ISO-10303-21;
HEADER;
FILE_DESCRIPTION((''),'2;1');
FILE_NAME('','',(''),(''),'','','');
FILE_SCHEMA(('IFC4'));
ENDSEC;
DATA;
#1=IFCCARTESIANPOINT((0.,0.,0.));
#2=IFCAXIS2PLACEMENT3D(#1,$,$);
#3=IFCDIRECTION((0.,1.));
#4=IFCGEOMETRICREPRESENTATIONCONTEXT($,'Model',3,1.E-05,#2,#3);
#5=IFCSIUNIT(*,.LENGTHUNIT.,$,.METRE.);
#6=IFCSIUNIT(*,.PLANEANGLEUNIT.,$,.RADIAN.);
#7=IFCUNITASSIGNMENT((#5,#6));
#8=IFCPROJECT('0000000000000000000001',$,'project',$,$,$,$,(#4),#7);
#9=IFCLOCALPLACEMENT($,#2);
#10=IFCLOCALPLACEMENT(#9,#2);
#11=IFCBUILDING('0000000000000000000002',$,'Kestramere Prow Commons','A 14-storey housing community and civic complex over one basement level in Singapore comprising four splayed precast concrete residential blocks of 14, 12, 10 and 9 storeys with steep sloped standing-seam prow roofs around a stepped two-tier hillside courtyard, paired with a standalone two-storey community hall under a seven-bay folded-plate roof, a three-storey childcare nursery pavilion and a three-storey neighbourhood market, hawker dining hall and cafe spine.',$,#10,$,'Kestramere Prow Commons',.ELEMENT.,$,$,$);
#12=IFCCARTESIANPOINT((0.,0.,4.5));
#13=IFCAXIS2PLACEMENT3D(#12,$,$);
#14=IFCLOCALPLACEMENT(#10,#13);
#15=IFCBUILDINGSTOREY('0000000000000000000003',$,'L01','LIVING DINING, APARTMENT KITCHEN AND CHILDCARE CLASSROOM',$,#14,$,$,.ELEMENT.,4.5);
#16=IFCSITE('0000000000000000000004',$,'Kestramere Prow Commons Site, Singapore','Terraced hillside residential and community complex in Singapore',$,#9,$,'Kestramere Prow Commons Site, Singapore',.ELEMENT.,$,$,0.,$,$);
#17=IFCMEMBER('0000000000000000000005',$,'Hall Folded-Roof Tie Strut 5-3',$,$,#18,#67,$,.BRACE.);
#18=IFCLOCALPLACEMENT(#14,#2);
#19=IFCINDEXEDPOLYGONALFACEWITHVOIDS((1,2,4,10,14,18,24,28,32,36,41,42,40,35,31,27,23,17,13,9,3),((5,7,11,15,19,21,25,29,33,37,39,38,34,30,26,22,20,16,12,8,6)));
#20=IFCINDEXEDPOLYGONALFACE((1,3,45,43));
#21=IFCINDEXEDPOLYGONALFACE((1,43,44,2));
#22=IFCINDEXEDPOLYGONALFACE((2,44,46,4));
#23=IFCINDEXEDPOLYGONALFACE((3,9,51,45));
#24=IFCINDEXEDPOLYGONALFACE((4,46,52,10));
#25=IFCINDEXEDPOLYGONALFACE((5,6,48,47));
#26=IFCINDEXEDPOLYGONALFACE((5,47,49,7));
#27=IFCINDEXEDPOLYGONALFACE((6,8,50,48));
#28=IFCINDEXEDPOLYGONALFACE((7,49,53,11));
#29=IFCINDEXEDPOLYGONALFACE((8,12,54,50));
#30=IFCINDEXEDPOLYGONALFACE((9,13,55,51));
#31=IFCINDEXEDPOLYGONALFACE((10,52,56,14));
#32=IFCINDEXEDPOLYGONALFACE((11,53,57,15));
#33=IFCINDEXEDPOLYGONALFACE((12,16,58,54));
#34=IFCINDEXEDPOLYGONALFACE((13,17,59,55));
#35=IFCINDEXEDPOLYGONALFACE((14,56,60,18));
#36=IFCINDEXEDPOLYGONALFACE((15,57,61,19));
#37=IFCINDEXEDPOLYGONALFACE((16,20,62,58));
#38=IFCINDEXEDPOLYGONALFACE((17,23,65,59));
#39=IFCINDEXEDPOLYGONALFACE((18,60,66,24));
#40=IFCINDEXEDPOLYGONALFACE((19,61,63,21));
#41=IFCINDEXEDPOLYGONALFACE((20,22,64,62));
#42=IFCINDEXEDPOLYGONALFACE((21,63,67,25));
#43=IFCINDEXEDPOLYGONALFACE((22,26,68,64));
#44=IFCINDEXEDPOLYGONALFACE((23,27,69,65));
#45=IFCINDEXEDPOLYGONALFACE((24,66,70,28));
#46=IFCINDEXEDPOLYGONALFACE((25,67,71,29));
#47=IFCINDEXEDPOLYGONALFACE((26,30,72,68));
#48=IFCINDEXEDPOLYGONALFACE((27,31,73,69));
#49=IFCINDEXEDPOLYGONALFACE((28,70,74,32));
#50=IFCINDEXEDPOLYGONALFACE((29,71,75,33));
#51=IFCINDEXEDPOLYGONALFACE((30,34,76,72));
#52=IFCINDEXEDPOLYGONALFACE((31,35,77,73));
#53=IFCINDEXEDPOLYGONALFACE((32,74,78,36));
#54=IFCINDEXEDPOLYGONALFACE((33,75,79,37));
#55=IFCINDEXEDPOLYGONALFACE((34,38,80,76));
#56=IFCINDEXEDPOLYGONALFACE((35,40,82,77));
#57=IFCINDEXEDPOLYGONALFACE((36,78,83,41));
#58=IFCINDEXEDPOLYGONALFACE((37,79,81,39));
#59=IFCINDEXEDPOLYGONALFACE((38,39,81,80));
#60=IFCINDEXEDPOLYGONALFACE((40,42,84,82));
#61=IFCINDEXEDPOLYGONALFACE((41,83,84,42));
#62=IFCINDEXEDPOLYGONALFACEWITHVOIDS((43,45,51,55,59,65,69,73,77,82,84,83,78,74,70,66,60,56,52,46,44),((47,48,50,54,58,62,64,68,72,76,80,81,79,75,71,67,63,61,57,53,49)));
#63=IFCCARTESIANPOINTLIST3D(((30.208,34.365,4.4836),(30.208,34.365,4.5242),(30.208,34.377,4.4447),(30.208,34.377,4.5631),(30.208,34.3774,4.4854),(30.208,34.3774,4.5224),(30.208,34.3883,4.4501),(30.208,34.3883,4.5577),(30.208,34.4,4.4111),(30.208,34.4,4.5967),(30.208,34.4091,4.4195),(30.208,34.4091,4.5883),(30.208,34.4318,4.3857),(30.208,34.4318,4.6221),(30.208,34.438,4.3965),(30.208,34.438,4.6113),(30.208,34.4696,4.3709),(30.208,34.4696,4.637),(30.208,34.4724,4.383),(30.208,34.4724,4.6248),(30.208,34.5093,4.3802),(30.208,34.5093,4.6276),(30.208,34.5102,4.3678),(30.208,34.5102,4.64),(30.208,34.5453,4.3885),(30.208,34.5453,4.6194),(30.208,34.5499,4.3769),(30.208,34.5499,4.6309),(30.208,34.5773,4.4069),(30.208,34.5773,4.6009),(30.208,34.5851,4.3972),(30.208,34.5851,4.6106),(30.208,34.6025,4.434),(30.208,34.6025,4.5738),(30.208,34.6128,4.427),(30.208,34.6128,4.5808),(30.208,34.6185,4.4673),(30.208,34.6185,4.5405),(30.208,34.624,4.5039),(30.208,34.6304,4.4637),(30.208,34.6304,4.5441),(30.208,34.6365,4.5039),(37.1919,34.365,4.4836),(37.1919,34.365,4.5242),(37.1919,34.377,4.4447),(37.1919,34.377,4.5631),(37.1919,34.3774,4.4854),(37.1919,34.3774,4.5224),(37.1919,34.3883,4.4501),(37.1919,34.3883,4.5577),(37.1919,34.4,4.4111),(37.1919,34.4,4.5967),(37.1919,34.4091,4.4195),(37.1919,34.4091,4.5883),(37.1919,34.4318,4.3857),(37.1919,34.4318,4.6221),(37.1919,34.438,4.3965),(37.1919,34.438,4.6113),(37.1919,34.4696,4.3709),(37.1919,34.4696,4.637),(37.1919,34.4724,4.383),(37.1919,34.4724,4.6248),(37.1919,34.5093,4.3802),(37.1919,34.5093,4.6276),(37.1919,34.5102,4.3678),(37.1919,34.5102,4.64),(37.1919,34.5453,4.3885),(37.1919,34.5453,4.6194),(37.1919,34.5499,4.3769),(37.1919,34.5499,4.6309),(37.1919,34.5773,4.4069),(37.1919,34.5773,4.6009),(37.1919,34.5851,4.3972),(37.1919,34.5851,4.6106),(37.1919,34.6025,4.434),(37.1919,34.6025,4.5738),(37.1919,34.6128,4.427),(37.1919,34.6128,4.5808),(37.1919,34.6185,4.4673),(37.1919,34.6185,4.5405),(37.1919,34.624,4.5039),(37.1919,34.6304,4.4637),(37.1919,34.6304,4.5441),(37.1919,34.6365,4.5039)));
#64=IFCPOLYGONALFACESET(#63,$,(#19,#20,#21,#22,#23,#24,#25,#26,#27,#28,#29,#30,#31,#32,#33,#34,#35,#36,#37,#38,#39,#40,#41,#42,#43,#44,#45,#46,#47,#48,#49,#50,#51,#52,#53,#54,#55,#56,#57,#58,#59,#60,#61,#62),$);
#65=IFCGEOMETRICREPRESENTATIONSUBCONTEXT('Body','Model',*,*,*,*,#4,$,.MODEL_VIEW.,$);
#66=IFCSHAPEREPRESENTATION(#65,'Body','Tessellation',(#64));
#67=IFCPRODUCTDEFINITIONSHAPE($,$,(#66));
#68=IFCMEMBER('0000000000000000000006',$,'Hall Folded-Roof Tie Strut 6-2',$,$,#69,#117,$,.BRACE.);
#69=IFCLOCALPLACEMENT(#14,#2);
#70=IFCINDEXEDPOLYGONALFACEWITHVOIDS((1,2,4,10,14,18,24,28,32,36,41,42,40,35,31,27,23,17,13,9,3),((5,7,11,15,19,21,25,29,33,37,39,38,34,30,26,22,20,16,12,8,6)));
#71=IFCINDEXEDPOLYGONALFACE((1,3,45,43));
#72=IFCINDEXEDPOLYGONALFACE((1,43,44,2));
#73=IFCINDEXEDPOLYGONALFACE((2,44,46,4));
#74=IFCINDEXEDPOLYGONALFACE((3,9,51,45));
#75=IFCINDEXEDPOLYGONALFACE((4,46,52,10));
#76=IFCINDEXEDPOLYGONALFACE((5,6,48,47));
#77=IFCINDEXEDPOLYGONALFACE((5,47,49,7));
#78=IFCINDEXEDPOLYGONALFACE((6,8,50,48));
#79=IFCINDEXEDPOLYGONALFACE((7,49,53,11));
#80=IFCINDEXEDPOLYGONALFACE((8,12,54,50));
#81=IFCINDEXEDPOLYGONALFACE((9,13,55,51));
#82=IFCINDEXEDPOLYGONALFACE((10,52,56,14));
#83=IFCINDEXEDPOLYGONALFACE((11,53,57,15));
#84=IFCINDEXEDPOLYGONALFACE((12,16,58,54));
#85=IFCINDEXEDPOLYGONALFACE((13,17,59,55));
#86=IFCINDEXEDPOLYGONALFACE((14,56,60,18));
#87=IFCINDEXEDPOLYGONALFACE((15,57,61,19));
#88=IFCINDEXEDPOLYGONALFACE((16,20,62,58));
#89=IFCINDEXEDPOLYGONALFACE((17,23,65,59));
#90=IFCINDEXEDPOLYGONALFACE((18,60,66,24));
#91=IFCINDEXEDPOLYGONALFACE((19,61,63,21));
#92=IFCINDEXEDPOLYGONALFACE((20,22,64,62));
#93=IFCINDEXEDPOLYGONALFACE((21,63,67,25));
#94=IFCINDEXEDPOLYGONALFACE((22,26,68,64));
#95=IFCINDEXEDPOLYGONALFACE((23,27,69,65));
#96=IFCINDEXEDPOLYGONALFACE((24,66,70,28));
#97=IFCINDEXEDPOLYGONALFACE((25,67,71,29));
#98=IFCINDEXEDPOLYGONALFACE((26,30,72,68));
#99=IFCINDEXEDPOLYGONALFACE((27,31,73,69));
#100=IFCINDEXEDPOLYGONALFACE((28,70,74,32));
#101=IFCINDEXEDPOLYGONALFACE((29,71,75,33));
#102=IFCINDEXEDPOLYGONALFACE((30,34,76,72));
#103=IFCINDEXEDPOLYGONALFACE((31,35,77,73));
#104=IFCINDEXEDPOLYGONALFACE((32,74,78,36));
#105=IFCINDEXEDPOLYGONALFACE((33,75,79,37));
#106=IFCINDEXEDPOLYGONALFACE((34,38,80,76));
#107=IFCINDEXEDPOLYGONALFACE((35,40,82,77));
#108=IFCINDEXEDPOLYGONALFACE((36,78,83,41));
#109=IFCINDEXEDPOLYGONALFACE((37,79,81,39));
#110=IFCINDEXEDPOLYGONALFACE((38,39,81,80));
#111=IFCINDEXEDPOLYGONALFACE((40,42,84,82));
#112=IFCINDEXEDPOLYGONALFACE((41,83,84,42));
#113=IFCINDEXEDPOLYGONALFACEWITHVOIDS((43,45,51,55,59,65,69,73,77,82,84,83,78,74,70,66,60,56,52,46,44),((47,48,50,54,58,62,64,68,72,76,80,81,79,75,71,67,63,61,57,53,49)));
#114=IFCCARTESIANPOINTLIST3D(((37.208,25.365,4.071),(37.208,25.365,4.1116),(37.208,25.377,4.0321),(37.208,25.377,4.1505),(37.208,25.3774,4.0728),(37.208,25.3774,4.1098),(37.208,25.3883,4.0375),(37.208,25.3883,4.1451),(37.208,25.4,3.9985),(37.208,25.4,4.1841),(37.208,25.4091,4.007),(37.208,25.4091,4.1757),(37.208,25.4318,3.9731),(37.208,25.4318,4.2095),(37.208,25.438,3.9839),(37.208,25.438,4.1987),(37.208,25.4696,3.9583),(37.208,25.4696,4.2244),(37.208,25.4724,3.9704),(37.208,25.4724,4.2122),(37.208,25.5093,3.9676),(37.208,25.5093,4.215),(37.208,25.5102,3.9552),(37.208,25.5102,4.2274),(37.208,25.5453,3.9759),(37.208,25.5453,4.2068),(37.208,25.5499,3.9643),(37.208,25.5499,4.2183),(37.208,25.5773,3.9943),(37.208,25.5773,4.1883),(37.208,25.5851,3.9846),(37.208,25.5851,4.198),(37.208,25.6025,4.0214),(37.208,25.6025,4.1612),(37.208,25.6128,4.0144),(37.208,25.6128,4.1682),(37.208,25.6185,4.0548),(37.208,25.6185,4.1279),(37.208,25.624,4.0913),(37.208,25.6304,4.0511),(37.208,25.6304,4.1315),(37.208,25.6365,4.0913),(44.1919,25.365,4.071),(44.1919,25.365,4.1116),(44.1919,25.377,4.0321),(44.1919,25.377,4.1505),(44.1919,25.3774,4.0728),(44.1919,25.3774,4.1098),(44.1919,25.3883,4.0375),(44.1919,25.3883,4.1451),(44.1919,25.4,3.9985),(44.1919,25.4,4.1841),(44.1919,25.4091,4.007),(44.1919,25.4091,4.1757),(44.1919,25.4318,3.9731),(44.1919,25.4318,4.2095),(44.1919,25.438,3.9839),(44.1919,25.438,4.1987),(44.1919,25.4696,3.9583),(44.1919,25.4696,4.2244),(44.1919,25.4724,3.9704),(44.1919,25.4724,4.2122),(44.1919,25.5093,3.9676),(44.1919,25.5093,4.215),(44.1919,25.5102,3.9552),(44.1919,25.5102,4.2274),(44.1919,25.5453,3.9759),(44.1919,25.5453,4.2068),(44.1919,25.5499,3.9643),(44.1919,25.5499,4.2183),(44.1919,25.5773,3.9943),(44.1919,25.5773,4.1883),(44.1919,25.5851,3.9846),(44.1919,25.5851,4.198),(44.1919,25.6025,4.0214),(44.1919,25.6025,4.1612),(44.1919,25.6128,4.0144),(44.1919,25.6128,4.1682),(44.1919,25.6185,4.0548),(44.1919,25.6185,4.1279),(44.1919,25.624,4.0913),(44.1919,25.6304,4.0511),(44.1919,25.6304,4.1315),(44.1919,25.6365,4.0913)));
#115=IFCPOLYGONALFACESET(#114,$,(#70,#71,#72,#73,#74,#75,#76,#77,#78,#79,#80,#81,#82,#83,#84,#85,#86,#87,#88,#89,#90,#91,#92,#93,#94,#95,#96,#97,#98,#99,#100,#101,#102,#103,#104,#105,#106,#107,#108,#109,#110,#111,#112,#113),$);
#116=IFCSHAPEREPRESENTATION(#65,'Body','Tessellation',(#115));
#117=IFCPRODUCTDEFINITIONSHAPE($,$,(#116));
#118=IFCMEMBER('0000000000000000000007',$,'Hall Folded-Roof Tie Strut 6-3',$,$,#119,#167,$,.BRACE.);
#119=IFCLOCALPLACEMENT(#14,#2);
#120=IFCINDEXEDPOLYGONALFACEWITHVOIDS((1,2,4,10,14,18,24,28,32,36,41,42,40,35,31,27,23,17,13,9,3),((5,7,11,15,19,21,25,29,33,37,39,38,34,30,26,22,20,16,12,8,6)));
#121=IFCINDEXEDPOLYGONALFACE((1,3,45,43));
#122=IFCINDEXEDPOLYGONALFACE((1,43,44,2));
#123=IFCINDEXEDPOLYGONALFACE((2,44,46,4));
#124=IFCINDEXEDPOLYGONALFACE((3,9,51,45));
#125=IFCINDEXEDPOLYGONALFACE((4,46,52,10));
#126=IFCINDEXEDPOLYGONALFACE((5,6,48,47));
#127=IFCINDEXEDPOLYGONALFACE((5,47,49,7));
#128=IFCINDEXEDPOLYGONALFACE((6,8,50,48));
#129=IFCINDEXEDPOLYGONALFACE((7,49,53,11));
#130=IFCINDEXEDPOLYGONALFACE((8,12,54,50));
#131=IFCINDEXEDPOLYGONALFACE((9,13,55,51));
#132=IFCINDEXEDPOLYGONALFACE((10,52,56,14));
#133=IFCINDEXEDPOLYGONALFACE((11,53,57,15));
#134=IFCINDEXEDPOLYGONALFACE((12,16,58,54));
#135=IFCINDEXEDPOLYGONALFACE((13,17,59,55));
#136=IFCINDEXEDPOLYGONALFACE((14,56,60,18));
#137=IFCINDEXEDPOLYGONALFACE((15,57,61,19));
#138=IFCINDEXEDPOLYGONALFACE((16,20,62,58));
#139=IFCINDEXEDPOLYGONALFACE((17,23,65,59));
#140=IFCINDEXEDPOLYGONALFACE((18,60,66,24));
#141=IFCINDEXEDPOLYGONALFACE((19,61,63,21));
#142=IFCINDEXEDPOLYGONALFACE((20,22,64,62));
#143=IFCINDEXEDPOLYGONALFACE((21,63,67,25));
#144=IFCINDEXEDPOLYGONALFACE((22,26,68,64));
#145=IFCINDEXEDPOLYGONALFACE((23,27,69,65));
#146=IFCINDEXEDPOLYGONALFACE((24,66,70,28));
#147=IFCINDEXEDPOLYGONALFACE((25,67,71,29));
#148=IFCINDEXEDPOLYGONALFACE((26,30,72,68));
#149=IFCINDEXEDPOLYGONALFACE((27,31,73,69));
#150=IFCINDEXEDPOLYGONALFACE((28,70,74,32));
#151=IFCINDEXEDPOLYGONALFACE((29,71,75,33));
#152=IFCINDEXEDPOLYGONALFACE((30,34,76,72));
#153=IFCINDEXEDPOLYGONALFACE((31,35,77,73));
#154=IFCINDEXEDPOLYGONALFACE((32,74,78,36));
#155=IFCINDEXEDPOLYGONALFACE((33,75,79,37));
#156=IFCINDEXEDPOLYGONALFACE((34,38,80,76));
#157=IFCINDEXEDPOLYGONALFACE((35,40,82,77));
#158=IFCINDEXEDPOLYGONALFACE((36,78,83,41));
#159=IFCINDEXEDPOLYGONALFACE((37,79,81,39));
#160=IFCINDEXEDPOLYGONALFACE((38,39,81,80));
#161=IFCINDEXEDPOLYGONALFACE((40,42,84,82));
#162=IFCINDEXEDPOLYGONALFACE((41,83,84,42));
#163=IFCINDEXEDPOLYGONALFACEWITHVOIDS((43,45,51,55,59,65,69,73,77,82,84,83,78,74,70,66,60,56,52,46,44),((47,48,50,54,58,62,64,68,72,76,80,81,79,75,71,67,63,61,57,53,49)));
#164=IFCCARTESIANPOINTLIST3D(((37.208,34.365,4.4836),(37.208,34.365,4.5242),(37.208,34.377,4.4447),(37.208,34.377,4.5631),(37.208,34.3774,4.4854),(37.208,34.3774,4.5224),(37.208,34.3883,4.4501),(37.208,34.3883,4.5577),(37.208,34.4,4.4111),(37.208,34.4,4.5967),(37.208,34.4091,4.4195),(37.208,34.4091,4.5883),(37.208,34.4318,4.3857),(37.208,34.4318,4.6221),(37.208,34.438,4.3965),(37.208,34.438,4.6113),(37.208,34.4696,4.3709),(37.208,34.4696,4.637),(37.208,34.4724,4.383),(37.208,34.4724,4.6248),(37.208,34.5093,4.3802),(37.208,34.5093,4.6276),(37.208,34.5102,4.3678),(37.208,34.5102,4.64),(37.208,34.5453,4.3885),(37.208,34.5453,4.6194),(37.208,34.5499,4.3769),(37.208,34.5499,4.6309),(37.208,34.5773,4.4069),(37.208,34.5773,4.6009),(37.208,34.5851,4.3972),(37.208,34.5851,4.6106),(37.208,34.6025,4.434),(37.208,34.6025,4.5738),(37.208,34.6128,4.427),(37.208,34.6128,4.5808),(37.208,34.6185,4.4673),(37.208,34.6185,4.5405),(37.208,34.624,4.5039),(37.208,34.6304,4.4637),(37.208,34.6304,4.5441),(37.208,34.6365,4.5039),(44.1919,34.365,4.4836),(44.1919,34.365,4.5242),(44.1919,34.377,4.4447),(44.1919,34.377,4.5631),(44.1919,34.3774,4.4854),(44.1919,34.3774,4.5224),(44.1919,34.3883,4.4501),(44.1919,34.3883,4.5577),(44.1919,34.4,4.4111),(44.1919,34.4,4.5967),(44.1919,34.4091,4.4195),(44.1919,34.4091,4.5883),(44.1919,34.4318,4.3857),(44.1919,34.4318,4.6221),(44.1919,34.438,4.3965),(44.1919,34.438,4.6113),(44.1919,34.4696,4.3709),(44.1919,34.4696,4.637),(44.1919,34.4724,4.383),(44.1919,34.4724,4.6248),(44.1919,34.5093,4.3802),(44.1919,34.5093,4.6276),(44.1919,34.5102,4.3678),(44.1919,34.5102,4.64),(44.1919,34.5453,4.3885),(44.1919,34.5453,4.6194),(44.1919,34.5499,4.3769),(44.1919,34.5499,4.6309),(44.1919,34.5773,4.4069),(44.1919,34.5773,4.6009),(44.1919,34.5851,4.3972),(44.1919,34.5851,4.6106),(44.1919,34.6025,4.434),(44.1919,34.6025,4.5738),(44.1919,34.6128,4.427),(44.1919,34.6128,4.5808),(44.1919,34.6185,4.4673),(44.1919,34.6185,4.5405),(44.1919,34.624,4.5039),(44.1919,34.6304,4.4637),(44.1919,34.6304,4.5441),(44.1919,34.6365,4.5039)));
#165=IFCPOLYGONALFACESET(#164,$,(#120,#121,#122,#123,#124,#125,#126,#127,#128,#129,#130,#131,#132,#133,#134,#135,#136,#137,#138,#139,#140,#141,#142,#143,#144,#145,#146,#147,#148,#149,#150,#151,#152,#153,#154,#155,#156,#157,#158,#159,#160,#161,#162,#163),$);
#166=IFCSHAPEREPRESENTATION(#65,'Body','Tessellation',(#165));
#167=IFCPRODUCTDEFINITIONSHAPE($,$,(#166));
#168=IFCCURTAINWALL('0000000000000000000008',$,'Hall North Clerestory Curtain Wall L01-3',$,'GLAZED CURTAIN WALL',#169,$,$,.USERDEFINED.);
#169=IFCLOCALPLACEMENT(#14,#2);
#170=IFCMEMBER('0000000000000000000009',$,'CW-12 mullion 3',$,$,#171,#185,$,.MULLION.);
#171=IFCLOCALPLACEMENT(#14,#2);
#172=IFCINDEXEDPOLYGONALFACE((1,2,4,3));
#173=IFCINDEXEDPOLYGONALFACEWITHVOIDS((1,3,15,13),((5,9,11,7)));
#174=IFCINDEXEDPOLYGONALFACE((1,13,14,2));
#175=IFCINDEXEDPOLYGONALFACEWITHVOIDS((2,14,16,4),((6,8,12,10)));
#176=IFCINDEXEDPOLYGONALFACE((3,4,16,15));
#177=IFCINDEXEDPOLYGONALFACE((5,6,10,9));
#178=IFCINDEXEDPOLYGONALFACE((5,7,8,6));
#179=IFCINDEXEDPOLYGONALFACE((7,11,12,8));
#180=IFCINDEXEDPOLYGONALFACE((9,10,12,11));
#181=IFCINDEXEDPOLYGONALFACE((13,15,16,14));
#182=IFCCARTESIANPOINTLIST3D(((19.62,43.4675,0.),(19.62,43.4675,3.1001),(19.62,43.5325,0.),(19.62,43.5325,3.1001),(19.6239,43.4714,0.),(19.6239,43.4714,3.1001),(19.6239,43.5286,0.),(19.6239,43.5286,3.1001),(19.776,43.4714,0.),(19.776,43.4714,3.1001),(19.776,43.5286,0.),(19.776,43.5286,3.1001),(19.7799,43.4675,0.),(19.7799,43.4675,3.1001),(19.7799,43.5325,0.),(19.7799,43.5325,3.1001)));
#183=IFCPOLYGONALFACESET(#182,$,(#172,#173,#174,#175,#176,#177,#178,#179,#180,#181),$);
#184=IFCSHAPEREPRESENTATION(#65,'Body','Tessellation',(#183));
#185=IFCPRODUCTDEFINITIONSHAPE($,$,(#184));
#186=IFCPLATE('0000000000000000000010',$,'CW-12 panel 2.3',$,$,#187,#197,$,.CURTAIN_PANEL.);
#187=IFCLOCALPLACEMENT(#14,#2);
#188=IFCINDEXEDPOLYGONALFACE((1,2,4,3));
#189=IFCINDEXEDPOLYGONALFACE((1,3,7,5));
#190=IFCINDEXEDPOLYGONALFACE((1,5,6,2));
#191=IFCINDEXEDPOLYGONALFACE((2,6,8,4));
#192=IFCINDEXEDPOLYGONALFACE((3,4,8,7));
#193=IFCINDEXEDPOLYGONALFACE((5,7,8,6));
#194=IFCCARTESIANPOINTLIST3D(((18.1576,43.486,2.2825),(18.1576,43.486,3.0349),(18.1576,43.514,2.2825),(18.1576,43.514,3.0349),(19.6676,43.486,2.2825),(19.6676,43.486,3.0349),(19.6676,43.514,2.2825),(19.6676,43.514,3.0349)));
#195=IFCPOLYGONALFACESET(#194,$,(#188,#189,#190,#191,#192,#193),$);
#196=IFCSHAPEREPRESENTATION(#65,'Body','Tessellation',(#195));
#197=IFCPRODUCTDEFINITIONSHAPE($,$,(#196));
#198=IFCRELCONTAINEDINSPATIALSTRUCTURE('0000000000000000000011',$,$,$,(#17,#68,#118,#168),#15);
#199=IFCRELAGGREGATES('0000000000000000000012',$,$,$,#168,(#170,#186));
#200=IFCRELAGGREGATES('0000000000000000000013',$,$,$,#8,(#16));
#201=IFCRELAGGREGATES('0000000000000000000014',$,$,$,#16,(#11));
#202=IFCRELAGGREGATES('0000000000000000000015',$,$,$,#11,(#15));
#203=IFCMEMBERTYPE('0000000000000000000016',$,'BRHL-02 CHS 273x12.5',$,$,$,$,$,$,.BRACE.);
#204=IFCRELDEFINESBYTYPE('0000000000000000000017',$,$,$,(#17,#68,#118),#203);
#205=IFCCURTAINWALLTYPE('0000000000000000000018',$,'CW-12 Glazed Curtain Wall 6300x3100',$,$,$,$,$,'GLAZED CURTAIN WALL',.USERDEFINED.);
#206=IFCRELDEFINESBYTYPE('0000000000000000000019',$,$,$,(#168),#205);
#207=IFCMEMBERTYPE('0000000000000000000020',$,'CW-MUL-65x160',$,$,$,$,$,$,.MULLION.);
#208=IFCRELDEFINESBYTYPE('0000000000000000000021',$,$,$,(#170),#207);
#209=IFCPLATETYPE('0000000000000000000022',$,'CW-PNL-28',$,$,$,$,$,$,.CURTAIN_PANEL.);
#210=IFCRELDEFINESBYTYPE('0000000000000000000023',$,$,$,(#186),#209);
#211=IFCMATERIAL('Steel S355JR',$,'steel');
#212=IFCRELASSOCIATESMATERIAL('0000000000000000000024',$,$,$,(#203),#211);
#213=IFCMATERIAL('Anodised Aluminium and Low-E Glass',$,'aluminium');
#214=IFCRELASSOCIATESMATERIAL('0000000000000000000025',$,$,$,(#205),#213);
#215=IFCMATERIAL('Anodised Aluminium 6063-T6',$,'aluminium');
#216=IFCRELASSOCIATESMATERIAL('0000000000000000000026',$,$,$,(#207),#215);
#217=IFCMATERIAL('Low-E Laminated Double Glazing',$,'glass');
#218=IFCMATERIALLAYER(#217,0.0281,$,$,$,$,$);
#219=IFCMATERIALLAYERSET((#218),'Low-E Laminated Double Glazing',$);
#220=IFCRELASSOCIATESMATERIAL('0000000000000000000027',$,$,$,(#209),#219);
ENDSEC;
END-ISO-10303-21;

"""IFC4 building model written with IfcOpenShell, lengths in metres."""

from ifc_helpers import new_model, si_unit, direction, frame, origin, origin_2d, place, context, subcontext, project, spatial, rectangle, hollow_rectangle, hollow_circle, extrude, material, layer, layer_set, material_profile, profile_set, type_object, element, aggregate, save


model = new_model("IFC4")

# Units and contexts
model_context = context("Model", 3, precision=1e-05, world=origin(), true_north=direction((0.0, 1.0)))
body_context = subcontext(model_context, "Body", "Model", "MODEL_VIEW")
ifc_project = project(units=[si_unit("LENGTHUNIT", "METRE"), si_unit("PLANEANGLEUNIT", "RADIAN")], contexts=[model_context])

# Site, building, storey
site_placement = place(None, origin())
site = spatial("IfcSite", under=ifc_project, at=site_placement, Name="Kestramere Prow Commons Site, Singapore", Description="Terraced hillside residential and community complex in Singapore", LongName="Kestramere Prow Commons Site, Singapore", CompositionType="ELEMENT", RefElevation=0.0)
building_placement = place(site_placement, origin())
building = spatial("IfcBuilding", under=site, at=building_placement, Name="Kestramere Prow Commons", Description="A 14-storey housing community and civic complex over one basement level in Singapore comprising four splayed precast concrete residential blocks of 14, 12, 10 and 9 storeys with steep sloped standing-seam prow roofs around a stepped two-tier hillside courtyard, paired with a standalone two-storey community hall under a seven-bay folded-plate roof, a three-storey childcare nursery pavilion and a three-storey neighbourhood market, hawker dining hall and cafe spine.", LongName="Kestramere Prow Commons", CompositionType="ELEMENT")
storey_placement = place(building_placement, frame((0.0, 0.0, 4.5)))
storey = spatial("IfcBuildingStorey", under=building, at=storey_placement, Name="L01", Description="LIVING DINING, APARTMENT KITCHEN AND CHILDCARE CLASSROOM", CompositionType="ELEMENT", Elevation=4.5)

# Members
ifc_material_1 = material(Name="Steel S355JR", Category="steel")
ifc_material_profile_1 = material_profile(ifc_material_1, hollow_circle(Radius=0.1365, WallThickness=0.0125, at=origin_2d()), Name="CHS 273x12.5")
ifc_profile_set_1 = profile_set([ifc_material_profile_1], Name="Steel S355JR")
member_type_1 = type_object("IfcMemberType", Name="BRHL-02 CHS 273x12.5", PredefinedType="BRACE", material=ifc_profile_set_1)
for number, where, z_axis, x_axis, name in (
    (1, (30.208, 34.5, 4.5039), (1.0, 0.0, 0.0), (0.0, 1.0, 0.0), "Hall Folded-Roof Tie Strut 5-3"),
    (2, (37.208, 25.5, 4.0913), (1.0, 0.0, 0.0), (0.0, 1.0, 0.0), "Hall Folded-Roof Tie Strut 6-2"),
    (3, (37.208, 34.5, 4.5039), (1.0, 0.0, 0.0), (0.0, 1.0, 0.0), "Hall Folded-Roof Tie Strut 6-3"),
):
    element("IfcMember", number, at=place(storey_placement, frame(where, z_axis=z_axis, x_axis=x_axis)), inside=storey, type_object=member_type_1, Name=name, PredefinedType="BRACE", context=body_context, shape_type="SweptSolid", body=[
        extrude(hollow_circle(Radius=0.1365, WallThickness=0.0125, at=origin_2d()), origin(), (0.0, 0.0, 1.0), 6.9839),
    ])

# Curtain wall, member, plate
ifc_material_2 = material(Name="Anodised Aluminium and Low-E Glass", Category="aluminium")
curtain_wall_type = type_object("IfcCurtainWallType", Name="CW-12 Glazed Curtain Wall 6300x3100", ElementType="GLAZED CURTAIN WALL", PredefinedType="USERDEFINED", material=ifc_material_2)
curtain_wall_placement = place(storey_placement, origin())
curtain_wall = element("IfcCurtainWall", 4, at=curtain_wall_placement, inside=storey, type_object=curtain_wall_type, Name="Hall North Clerestory Curtain Wall L01-3", ObjectType="GLAZED CURTAIN WALL", PredefinedType="USERDEFINED")
ifc_material_3 = material(Name="Anodised Aluminium 6063-T6", Category="aluminium")
ifc_material_profile_2 = material_profile(ifc_material_3, hollow_rectangle(XDim=0.0649, YDim=0.1599, WallThickness=0.0039, at=origin_2d()), Name="ALU-MUL 65x160")
ifc_profile_set_2 = profile_set([ifc_material_profile_2], Name="Anodised Aluminium 6063-T6")
member_type_2 = type_object("IfcMemberType", Name="CW-MUL-65x160", PredefinedType="MULLION", material=ifc_profile_set_2)
member_placement = place(storey_placement, frame((19.7, 43.5, 0.0), z_axis=(0.0, 0.0, 1.0), x_axis=(0.0, 1.0, 0.0)))
member = element("IfcMember", 5, at=member_placement, type_object=member_type_2, Name="CW-12 mullion 3", PredefinedType="MULLION", context=body_context, shape_type="SweptSolid", body=[
    extrude(hollow_rectangle(XDim=0.0649, YDim=0.1599, WallThickness=0.0039, at=origin_2d()), origin(), (0.0, 0.0, 1.0), 3.1001),
])
ifc_material_4 = material(Name="Low-E Laminated Double Glazing", Category="glass")
ifc_layer_1 = layer(ifc_material_4, 0.0281)
ifc_layer_set_1 = layer_set([ifc_layer_1], Name="Low-E Laminated Double Glazing")
plate_type_1 = type_object("IfcPlateType", Name="CW-PNL-28", PredefinedType="CURTAIN_PANEL", material=ifc_layer_set_1)
plate_1_placement = place(storey_placement, frame((18.9126, 43.5, 2.2825), z_axis=(0.0, 0.0, 1.0), x_axis=(1.0, 0.0, 0.0)))
plate_1 = element("IfcPlate", 6, at=plate_1_placement, type_object=plate_type_1, Name="CW-12 panel 2.3", PredefinedType="CURTAIN_PANEL", context=body_context, shape_type="SweptSolid", body=[
    extrude(rectangle(XDim=1.51, YDim=0.0281, at=origin_2d()), origin(), (0.0, 0.0, 1.0), 0.7524),
])
aggregate(curtain_wall, [member, plate_1])

save(model, "model.ifc")
